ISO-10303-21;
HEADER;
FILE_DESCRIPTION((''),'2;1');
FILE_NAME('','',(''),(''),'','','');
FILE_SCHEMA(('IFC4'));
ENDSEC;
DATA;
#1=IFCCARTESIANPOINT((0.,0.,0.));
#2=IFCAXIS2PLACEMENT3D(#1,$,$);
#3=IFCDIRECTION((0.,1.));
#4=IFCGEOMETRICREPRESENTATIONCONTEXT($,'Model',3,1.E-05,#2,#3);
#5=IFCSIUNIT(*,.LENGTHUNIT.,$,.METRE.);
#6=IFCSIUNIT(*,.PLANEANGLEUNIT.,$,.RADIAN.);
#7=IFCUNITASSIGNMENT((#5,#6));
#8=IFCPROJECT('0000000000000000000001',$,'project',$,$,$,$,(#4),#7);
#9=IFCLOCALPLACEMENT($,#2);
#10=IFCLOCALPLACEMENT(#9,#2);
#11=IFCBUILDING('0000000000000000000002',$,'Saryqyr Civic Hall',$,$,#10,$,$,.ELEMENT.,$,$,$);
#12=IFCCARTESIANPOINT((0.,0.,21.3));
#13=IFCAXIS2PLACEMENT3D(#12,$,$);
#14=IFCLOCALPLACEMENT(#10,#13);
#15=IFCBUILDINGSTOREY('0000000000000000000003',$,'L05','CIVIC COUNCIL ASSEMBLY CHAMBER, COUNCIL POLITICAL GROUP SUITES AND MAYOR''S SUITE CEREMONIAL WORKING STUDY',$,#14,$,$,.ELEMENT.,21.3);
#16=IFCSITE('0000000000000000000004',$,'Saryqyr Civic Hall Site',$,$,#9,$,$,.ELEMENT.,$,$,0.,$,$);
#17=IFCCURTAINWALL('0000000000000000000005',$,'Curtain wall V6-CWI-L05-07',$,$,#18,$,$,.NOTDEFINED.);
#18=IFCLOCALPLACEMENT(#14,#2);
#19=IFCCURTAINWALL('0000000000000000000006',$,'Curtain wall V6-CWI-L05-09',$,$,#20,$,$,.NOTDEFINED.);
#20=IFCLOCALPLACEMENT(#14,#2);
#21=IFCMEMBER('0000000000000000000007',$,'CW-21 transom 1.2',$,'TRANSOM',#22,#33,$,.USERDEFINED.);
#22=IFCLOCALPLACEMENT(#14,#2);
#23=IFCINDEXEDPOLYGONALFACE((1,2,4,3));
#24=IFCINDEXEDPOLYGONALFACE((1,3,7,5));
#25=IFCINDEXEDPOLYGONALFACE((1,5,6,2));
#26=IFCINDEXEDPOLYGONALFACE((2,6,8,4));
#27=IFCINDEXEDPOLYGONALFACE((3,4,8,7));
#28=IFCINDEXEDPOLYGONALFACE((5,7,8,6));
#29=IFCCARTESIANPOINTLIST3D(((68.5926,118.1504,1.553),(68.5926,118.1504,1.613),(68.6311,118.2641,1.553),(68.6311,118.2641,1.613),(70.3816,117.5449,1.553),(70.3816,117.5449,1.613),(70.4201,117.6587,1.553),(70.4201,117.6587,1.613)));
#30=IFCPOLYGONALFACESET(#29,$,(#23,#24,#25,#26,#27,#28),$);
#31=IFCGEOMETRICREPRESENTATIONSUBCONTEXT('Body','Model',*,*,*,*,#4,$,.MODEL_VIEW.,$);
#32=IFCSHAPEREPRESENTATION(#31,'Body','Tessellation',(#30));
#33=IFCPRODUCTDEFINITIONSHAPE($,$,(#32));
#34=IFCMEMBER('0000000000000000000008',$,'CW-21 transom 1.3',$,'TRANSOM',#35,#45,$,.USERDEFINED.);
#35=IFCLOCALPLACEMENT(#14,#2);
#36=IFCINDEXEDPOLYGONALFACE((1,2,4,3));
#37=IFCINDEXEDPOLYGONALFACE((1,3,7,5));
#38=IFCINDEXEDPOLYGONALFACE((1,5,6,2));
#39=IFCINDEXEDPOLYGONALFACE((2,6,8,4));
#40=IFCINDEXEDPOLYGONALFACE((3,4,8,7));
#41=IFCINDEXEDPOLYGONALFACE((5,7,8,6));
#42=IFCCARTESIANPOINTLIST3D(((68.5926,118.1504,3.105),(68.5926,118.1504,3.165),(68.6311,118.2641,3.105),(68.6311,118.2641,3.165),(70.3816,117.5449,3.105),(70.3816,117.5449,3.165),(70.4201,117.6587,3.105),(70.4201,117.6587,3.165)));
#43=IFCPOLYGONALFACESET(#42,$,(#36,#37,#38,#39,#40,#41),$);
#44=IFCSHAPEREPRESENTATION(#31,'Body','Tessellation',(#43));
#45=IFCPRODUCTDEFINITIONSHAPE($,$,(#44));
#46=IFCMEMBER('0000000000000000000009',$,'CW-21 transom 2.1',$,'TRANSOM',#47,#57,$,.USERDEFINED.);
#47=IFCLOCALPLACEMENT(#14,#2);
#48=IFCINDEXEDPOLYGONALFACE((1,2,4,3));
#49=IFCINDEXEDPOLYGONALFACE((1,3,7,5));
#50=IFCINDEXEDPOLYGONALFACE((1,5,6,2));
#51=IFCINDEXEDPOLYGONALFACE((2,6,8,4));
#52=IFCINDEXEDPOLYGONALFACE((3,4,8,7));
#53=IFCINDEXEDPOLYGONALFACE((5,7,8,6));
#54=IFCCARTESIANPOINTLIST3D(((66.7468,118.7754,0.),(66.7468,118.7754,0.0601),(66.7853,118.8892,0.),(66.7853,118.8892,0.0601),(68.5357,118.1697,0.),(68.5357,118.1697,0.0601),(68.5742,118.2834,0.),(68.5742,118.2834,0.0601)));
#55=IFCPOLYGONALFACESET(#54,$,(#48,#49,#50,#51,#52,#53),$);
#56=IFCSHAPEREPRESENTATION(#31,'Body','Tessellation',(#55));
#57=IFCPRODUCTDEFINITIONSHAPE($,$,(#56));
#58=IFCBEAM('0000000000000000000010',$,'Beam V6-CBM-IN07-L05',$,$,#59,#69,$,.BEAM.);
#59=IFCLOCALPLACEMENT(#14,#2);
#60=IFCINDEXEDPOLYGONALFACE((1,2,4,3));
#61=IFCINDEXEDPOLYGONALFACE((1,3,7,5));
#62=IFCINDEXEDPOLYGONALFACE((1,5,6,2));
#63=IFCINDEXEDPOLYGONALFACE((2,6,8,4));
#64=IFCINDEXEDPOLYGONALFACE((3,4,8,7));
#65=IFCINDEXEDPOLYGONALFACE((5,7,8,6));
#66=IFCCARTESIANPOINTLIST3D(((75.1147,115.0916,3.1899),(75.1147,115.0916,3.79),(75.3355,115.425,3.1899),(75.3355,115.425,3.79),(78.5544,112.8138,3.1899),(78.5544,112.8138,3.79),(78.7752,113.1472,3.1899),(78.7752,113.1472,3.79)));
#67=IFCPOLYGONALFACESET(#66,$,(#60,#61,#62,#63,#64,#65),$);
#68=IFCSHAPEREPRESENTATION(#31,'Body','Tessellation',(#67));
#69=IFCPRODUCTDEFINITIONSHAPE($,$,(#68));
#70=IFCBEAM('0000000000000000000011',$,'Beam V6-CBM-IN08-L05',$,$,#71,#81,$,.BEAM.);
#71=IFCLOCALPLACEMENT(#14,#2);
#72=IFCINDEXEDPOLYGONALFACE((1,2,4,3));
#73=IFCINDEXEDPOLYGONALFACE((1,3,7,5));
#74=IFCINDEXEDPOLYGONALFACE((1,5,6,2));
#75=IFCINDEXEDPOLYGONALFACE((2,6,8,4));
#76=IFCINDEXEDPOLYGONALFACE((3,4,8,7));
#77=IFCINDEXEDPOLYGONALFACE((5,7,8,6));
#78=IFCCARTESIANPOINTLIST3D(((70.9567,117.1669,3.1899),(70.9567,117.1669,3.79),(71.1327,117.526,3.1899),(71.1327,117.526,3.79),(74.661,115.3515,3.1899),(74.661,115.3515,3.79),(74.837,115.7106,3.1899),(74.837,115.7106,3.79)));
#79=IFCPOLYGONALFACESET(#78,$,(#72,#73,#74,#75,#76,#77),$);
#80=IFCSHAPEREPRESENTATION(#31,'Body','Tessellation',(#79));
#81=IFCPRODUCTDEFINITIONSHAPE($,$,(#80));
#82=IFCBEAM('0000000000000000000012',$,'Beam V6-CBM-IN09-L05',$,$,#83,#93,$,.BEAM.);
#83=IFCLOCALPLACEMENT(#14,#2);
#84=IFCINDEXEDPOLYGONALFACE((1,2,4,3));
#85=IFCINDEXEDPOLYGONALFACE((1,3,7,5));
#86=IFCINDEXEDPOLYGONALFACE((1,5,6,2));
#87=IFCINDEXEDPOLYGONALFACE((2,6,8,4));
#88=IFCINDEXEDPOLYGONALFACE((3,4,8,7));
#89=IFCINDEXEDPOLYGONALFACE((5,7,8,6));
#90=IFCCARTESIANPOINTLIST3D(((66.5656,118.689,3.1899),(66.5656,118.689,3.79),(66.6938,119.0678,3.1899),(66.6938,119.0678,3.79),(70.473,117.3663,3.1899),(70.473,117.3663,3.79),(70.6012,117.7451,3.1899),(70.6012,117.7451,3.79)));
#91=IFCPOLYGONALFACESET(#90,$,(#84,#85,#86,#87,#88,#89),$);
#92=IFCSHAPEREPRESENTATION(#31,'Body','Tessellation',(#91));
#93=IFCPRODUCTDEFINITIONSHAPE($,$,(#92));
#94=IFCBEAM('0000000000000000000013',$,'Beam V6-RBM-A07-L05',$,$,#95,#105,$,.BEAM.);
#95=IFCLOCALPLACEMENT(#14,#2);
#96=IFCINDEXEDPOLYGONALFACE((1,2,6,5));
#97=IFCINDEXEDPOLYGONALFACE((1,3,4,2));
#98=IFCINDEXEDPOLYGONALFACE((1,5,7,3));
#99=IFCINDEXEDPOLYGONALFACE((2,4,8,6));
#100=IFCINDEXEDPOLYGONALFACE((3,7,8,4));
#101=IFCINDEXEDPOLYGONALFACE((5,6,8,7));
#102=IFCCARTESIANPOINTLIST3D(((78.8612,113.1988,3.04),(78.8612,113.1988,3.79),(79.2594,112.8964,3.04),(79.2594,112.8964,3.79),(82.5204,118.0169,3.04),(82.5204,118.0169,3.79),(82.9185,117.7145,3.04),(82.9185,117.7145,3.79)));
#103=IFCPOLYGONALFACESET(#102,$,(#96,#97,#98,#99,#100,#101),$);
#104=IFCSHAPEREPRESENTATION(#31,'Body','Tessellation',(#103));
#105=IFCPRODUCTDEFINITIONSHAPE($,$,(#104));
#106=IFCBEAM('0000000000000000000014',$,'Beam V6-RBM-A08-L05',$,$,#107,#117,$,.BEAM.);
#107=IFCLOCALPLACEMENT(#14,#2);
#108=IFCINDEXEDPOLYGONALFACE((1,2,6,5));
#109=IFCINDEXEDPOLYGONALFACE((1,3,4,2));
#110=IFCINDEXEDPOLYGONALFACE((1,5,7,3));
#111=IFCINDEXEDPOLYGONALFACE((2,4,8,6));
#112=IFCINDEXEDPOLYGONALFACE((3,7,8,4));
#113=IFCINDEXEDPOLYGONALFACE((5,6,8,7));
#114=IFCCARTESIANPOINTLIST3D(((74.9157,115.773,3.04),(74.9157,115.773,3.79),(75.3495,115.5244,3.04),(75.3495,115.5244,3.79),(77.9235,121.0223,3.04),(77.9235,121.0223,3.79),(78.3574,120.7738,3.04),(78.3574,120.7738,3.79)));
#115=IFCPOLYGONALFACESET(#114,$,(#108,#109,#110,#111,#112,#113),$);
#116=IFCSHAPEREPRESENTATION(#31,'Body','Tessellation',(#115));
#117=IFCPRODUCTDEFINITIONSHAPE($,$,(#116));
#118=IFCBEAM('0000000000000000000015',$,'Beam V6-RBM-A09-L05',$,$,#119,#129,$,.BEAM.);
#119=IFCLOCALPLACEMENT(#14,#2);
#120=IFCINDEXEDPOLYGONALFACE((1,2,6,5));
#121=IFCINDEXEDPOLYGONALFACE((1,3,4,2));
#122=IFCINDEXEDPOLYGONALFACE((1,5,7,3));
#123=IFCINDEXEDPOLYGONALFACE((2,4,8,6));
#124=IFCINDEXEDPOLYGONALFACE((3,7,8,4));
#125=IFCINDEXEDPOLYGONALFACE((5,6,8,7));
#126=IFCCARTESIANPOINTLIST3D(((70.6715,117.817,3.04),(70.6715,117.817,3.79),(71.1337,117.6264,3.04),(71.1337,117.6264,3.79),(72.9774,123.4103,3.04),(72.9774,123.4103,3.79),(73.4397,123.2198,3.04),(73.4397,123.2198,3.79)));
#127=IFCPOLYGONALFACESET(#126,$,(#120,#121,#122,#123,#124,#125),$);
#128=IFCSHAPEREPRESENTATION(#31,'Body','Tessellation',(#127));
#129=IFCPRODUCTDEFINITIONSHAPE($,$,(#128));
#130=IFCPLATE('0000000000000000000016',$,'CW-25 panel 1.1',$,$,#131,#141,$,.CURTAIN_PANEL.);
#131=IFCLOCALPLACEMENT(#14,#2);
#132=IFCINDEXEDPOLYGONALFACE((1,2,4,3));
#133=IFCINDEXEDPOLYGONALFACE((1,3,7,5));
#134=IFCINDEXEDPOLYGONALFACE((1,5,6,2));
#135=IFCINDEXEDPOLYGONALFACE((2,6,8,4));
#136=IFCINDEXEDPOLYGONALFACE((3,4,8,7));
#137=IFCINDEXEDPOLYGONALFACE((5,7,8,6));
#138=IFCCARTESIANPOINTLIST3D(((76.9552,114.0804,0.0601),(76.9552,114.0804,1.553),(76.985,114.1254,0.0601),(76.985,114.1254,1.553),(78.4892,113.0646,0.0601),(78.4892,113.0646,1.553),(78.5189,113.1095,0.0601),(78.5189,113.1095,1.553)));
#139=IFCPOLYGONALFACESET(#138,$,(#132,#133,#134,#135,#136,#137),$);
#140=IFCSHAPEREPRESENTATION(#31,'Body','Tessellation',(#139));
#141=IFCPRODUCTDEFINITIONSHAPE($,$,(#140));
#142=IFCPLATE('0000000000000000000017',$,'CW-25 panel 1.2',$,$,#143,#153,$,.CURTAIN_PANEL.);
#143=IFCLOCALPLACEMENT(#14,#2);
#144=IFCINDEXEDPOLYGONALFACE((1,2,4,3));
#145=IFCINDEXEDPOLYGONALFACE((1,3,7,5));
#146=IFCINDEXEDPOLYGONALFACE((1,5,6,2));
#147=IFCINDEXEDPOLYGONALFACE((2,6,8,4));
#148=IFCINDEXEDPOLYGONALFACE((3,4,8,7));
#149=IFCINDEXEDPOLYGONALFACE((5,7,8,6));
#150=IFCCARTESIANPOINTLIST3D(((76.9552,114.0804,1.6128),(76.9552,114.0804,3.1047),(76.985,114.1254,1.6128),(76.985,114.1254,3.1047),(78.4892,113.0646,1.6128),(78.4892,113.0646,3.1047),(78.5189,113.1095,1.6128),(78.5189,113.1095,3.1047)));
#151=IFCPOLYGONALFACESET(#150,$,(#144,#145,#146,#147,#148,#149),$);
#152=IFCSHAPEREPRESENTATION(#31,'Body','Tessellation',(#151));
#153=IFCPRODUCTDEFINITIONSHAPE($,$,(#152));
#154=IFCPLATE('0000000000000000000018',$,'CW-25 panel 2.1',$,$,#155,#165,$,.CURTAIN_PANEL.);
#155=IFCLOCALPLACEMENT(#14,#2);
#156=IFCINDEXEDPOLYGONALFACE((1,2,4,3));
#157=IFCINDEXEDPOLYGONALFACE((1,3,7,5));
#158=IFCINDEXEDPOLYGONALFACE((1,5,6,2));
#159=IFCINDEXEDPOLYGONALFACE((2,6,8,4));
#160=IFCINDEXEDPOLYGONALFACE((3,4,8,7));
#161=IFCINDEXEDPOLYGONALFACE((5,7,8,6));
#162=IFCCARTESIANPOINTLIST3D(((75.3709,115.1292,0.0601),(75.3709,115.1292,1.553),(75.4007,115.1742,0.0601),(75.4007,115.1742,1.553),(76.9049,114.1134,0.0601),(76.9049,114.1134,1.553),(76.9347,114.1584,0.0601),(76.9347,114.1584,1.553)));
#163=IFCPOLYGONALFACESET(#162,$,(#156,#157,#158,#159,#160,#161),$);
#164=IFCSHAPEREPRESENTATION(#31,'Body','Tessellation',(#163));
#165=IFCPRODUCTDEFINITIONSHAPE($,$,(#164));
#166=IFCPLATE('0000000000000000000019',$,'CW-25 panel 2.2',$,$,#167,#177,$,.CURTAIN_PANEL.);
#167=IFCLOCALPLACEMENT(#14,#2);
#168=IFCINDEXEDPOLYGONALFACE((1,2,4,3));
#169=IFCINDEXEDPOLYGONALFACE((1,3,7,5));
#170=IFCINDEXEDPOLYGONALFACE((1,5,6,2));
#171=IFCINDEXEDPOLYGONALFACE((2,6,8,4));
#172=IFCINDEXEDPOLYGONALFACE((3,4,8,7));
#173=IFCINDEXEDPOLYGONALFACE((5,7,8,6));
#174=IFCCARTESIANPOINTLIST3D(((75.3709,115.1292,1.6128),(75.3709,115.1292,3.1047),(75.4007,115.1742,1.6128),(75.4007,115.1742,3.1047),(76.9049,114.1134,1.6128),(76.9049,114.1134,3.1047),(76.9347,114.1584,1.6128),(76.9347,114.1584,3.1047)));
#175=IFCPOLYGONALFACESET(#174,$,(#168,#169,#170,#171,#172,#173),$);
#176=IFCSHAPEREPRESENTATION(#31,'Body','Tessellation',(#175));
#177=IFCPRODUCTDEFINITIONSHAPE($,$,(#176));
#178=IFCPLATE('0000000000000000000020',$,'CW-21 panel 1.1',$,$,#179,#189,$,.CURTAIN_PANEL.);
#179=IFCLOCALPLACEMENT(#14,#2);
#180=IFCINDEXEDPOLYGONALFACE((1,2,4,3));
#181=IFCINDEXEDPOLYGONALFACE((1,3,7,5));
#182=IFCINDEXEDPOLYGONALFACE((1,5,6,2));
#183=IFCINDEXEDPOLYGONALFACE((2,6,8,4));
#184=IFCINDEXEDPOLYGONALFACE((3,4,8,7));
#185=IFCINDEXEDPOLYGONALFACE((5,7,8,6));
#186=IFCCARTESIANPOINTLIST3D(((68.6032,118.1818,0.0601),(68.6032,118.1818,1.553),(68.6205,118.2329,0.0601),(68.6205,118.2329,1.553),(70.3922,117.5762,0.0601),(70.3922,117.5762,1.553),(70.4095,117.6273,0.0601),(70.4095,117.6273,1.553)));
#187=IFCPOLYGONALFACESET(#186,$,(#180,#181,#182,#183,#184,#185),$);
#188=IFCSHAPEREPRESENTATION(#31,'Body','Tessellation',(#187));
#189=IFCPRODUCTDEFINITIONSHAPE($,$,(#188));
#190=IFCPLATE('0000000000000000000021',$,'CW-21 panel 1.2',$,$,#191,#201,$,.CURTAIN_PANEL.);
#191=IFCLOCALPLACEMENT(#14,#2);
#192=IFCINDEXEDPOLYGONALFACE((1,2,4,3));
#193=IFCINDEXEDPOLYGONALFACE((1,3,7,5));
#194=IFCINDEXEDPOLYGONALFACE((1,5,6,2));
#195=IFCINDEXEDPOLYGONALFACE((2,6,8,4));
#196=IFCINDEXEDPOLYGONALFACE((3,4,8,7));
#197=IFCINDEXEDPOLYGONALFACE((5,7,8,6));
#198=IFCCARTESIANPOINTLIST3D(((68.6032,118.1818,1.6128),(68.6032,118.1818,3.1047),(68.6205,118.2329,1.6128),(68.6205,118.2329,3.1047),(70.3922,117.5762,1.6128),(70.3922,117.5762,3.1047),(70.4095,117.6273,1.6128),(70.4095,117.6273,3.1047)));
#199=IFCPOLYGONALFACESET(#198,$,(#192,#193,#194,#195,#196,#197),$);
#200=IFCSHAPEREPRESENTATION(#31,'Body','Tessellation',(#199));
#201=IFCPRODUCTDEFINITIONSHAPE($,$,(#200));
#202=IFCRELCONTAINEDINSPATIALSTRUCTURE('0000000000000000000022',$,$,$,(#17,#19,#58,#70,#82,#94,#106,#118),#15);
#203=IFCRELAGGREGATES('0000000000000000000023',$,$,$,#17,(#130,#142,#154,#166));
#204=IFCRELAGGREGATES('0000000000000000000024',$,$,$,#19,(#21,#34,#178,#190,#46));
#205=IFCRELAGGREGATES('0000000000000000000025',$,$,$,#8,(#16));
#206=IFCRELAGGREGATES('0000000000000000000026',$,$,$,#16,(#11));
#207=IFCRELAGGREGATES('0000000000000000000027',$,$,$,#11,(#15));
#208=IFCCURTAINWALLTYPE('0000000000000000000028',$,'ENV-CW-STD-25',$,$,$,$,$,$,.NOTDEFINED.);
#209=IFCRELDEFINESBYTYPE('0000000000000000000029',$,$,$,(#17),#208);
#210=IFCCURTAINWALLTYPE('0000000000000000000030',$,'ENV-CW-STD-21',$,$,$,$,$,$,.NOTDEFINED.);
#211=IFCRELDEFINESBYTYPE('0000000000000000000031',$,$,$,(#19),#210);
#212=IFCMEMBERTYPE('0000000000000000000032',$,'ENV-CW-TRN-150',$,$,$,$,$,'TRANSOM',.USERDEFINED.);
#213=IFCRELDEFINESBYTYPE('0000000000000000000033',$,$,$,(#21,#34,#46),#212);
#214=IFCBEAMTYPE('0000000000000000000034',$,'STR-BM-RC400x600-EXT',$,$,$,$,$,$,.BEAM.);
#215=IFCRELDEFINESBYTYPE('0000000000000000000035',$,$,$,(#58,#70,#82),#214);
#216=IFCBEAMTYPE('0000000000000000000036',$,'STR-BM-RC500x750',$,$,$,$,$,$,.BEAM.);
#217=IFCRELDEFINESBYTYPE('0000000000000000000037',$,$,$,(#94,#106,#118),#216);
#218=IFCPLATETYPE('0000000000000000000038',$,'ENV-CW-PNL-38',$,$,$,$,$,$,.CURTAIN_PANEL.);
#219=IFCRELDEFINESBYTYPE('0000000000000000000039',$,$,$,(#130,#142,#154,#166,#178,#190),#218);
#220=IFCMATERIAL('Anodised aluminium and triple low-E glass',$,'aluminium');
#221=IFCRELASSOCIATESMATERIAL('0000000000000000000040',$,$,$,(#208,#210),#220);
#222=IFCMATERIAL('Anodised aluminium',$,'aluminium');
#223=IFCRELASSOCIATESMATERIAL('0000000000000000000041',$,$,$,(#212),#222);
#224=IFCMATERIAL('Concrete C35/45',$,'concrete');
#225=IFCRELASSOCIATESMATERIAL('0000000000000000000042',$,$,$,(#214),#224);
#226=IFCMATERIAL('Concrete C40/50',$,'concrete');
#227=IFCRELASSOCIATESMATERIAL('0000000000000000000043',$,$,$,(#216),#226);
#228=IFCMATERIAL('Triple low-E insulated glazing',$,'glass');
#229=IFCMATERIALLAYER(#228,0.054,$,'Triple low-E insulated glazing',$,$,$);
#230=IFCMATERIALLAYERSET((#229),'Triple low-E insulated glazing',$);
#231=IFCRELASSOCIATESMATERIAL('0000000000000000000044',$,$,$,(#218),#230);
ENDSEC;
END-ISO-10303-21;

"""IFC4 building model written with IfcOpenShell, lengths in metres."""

from ifc_helpers import new_model, si_unit, direction, frame, origin, origin_2d, place, context, subcontext, project, spatial, rectangle, extrude, material, layer, layer_set, material_profile, profile_set, type_object, element, aggregate, save


model = new_model("IFC4")

# Units and contexts
model_context = context("Model", 3, precision=1e-05, world=origin(), true_north=direction((0.0, 1.0)))
body_context = subcontext(model_context, "Body", "Model", "MODEL_VIEW")
ifc_project = project(units=[si_unit("LENGTHUNIT", "METRE"), si_unit("PLANEANGLEUNIT", "RADIAN")], contexts=[model_context])

# Site, building, storey
site_placement = place(None, origin())
site = spatial("IfcSite", under=ifc_project, at=site_placement, Name="Saryqyr Civic Hall Site", CompositionType="ELEMENT", RefElevation=0.0)
building_placement = place(site_placement, origin())
building = spatial("IfcBuilding", under=site, at=building_placement, Name="Saryqyr Civic Hall", CompositionType="ELEMENT")
storey_placement = place(building_placement, frame((0.0, 0.0, 21.3)))
storey = spatial("IfcBuildingStorey", under=building, at=storey_placement, Name="L05", Description="CIVIC COUNCIL ASSEMBLY CHAMBER, COUNCIL POLITICAL GROUP SUITES AND MAYOR'S SUITE CEREMONIAL WORKING STUDY", CompositionType="ELEMENT", Elevation=21.3)

# Shared definitions
ifc_material_1 = material(Name="Concrete C40/50", Category="concrete")

# Curtain walls
ifc_material_2 = material(Name="Anodised aluminium and triple low-E glass", Category="aluminium")
curtain_wall_type_1 = type_object("IfcCurtainWallType", Name="ENV-CW-STD-25", PredefinedType="NOTDEFINED", material=ifc_material_2)
curtain_wall_1_placement = place(storey_placement, origin())
curtain_wall_1 = element("IfcCurtainWall", 1, at=curtain_wall_1_placement, inside=storey, type_object=curtain_wall_type_1, Name="Curtain wall V6-CWI-L05-07", PredefinedType="NOTDEFINED")
ifc_material_3 = material(Name="Anodised aluminium", Category="aluminium")
curtain_wall_type_2 = type_object("IfcCurtainWallType", Name="ENV-CW-STD-21", PredefinedType="NOTDEFINED", material=ifc_material_2)
curtain_wall_2_placement = place(storey_placement, origin())
curtain_wall_2 = element("IfcCurtainWall", 2, at=curtain_wall_2_placement, inside=storey, type_object=curtain_wall_type_2, Name="Curtain wall V6-CWI-L05-09", PredefinedType="NOTDEFINED")

# Members
ifc_material_profile_1 = material_profile(ifc_material_3, rectangle(XDim=0.1201, YDim=0.0601, at=origin_2d()), Name="ALU TRANSOM 120x60")
ifc_profile_set_1 = profile_set([ifc_material_profile_1], Name="Anodised aluminium")
member_type_1 = type_object("IfcMemberType", Name="ENV-CW-TRN-150", ElementType="TRANSOM", PredefinedType="USERDEFINED", material=ifc_profile_set_1)
member_1_placement = place(storey_placement, frame((70.4009, 117.6018, 1.583), z_axis=(-0.947226, 0.320568, 0.0), x_axis=(-0.320568, -0.947226, 0.0)))
member_1 = element("IfcMember", 3, at=member_1_placement, type_object=member_type_1, Name="CW-21 transom 1.2", ObjectType="TRANSOM", PredefinedType="USERDEFINED", context=body_context, shape_type="SweptSolid", body=[
    extrude(rectangle(XDim=0.1201, YDim=0.0601, at=origin_2d()), origin(), (0.0, 0.0, 1.0), 1.8887),
])
member_2_placement = place(storey_placement, frame((70.4009, 117.6018, 3.135), z_axis=(-0.947226, 0.320568, 0.0), x_axis=(-0.320568, -0.947226, 0.0)))
member_2 = element("IfcMember", 4, at=member_2_placement, type_object=member_type_1, Name="CW-21 transom 1.3", ObjectType="TRANSOM", PredefinedType="USERDEFINED", context=body_context, shape_type="SweptSolid", body=[
    extrude(rectangle(XDim=0.1201, YDim=0.0601, at=origin_2d()), origin(), (0.0, 0.0, 1.0), 1.8887),
])
member_3_placement = place(storey_placement, frame((68.5549, 118.2266, 0.03), z_axis=(-0.947173, 0.320723, 0.0), x_axis=(-0.320723, -0.947173, 0.0)))
member_3 = element("IfcMember", 5, at=member_3_placement, type_object=member_type_1, Name="CW-21 transom 2.1", ObjectType="TRANSOM", PredefinedType="USERDEFINED", context=body_context, shape_type="SweptSolid", body=[
    extrude(rectangle(XDim=0.1201, YDim=0.0601, at=origin_2d()), origin(), (0.0, 0.0, 1.0), 1.8887),
])

# Beams
ifc_material_4 = material(Name="Concrete C35/45", Category="concrete")
ifc_material_profile_2 = material_profile(ifc_material_4, rectangle(XDim=0.3999, YDim=0.6001, at=origin_2d()), Name="RC 400x600")
ifc_profile_set_2 = profile_set([ifc_material_profile_2], Name="Concrete C35/45")
beam_type_1 = type_object("IfcBeamType", Name="STR-BM-RC400x600-EXT", PredefinedType="BEAM", material=ifc_profile_set_2)
beam_placement = place(storey_placement, frame((78.6648, 112.9805, 3.49), z_axis=(-0.833758, 0.55213, 0.0), x_axis=(-0.55213, -0.833758, 0.0)))
element("IfcBeam", 6, at=beam_placement, inside=storey, type_object=beam_type_1, Name="Beam V6-CBM-IN07-L05", PredefinedType="BEAM", context=body_context, shape_type="SweptSolid", body=[
    extrude(rectangle(XDim=0.3999, YDim=0.6001, at=origin_2d()), origin(), (0.0, 0.0, 1.0), 4.1255),
])
for number, where, z_axis, x_axis, name in (
    (7, (74.749, 115.531, 3.49), (-0.897962, 0.440074, 0.0), (-0.440074, -0.897962, 0.0), "Beam V6-CBM-IN08-L05"),
    (8, (70.5371, 117.5557, 3.49), (-0.947199, 0.320645, 0.0), (-0.320645, -0.947199, 0.0), "Beam V6-CBM-IN09-L05"),
):
    element("IfcBeam", number, at=place(storey_placement, frame(where, z_axis=z_axis, x_axis=x_axis)), inside=storey, type_object=beam_type_1, Name=name, PredefinedType="BEAM", context=body_context, shape_type="SweptSolid", body=[
        extrude(rectangle(XDim=0.3999, YDim=0.6001, at=origin_2d()), origin(), (0.0, 0.0, 1.0), 4.1252),
    ])
ifc_material_profile_3 = material_profile(ifc_material_1, rectangle(XDim=0.5, YDim=0.75, at=origin_2d()), Name="RC 500x750")
ifc_profile_set_3 = profile_set([ifc_material_profile_3], Name="Concrete C40/50")
beam_type_2 = type_object("IfcBeamType", Name="STR-BM-RC500x750", PredefinedType="BEAM", material=ifc_profile_set_3)
for number, where, z_axis, x_axis, name in (
    (9, (79.0603, 113.0476, 3.415), (0.604812, 0.796368, 0.0), (-0.796368, 0.604812, 0.0), "Beam V6-RBM-A07-L05"),
    (10, (75.1326, 115.6487, 3.415), (0.497164, 0.867656, 0.0), (-0.867656, 0.497164, 0.0), "Beam V6-RBM-A08-L05"),
    (11, (70.9026, 117.7217, 3.415), (0.381146, 0.924515, 0.0), (-0.924515, 0.381146, 0.0), "Beam V6-RBM-A09-L05"),
):
    element("IfcBeam", number, at=place(storey_placement, frame(where, z_axis=z_axis, x_axis=x_axis)), inside=storey, type_object=beam_type_2, Name=name, PredefinedType="BEAM", context=body_context, shape_type="SweptSolid", body=[
        extrude(rectangle(XDim=0.5, YDim=0.75, at=origin_2d()), origin(), (0.0, 0.0, 1.0), 6.05),
    ])

# Plates
ifc_material_5 = material(Name="Triple low-E insulated glazing", Category="glass")
ifc_layer_1 = layer(ifc_material_5, 0.054, Name="Triple low-E insulated glazing")
ifc_layer_set_1 = layer_set([ifc_layer_1], Name="Triple low-E insulated glazing")
plate_type = type_object("IfcPlateType", Name="ENV-CW-PNL-38", PredefinedType="CURTAIN_PANEL", material=ifc_layer_set_1)
plate_1_placement = place(storey_placement, frame((77.7371, 113.595, 0.0601), z_axis=(0.0, 0.0, 1.0), x_axis=(-0.833756, 0.552133, 0.0)))
plate_1 = element("IfcPlate", 12, at=plate_1_placement, type_object=plate_type, Name="CW-25 panel 1.1", PredefinedType="CURTAIN_PANEL", context=body_context, shape_type="SweptSolid", body=[
    extrude(rectangle(XDim=1.8398, YDim=0.054, at=origin_2d()), origin(), (0.0, 0.0, 1.0), 1.4929),
])
plate_2_placement = place(storey_placement, frame((77.7371, 113.595, 1.6128), z_axis=(0.0, 0.0, 1.0), x_axis=(-0.833756, 0.552133, 0.0)))
plate_2 = element("IfcPlate", 13, at=plate_2_placement, type_object=plate_type, Name="CW-25 panel 1.2", PredefinedType="CURTAIN_PANEL", context=body_context, shape_type="SweptSolid", body=[
    extrude(rectangle(XDim=1.8398, YDim=0.054, at=origin_2d()), origin(), (0.0, 0.0, 1.0), 1.4919),
])
plate_3_placement = place(storey_placement, frame((76.1528, 114.6438, 0.0601), z_axis=(0.0, 0.0, 1.0), x_axis=(-0.833756, 0.552133, 0.0)))
plate_3 = element("IfcPlate", 14, at=plate_3_placement, type_object=plate_type, Name="CW-25 panel 2.1", PredefinedType="CURTAIN_PANEL", context=body_context, shape_type="SweptSolid", body=[
    extrude(rectangle(XDim=1.8398, YDim=0.054, at=origin_2d()), origin(), (0.0, 0.0, 1.0), 1.4929),
])
plate_4_placement = place(storey_placement, frame((76.1528, 114.6438, 1.6128), z_axis=(0.0, 0.0, 1.0), x_axis=(-0.833756, 0.552133, 0.0)))
plate_4 = element("IfcPlate", 15, at=plate_4_placement, type_object=plate_type, Name="CW-25 panel 2.2", PredefinedType="CURTAIN_PANEL", context=body_context, shape_type="SweptSolid", body=[
    extrude(rectangle(XDim=1.8398, YDim=0.054, at=origin_2d()), origin(), (0.0, 0.0, 1.0), 1.4919),
])
aggregate(curtain_wall_1, [plate_1, plate_2, plate_3, plate_4])
plate_5_placement = place(storey_placement, frame((69.5063, 117.9045, 0.0601), z_axis=(0.0, 0.0, 1.0), x_axis=(-0.947202, 0.320636, 0.0)))
plate_5 = element("IfcPlate", 16, at=plate_5_placement, type_object=plate_type, Name="CW-21 panel 1.1", PredefinedType="CURTAIN_PANEL", context=body_context, shape_type="SweptSolid", body=[
    extrude(rectangle(XDim=1.8887, YDim=0.054, at=origin_2d()), origin(), (0.0, 0.0, 1.0), 1.4929),
])
plate_6_placement = place(storey_placement, frame((69.5063, 117.9045, 1.6128), z_axis=(0.0, 0.0, 1.0), x_axis=(-0.947202, 0.320636, 0.0)))
plate_6 = element("IfcPlate", 17, at=plate_6_placement, type_object=plate_type, Name="CW-21 panel 1.2", PredefinedType="CURTAIN_PANEL", context=body_context, shape_type="SweptSolid", body=[
    extrude(rectangle(XDim=1.8887, YDim=0.054, at=origin_2d()), origin(), (0.0, 0.0, 1.0), 1.4919),
])
aggregate(curtain_wall_2, [member_1, member_2, plate_5, plate_6, member_3])

save(model, "model.ifc")
